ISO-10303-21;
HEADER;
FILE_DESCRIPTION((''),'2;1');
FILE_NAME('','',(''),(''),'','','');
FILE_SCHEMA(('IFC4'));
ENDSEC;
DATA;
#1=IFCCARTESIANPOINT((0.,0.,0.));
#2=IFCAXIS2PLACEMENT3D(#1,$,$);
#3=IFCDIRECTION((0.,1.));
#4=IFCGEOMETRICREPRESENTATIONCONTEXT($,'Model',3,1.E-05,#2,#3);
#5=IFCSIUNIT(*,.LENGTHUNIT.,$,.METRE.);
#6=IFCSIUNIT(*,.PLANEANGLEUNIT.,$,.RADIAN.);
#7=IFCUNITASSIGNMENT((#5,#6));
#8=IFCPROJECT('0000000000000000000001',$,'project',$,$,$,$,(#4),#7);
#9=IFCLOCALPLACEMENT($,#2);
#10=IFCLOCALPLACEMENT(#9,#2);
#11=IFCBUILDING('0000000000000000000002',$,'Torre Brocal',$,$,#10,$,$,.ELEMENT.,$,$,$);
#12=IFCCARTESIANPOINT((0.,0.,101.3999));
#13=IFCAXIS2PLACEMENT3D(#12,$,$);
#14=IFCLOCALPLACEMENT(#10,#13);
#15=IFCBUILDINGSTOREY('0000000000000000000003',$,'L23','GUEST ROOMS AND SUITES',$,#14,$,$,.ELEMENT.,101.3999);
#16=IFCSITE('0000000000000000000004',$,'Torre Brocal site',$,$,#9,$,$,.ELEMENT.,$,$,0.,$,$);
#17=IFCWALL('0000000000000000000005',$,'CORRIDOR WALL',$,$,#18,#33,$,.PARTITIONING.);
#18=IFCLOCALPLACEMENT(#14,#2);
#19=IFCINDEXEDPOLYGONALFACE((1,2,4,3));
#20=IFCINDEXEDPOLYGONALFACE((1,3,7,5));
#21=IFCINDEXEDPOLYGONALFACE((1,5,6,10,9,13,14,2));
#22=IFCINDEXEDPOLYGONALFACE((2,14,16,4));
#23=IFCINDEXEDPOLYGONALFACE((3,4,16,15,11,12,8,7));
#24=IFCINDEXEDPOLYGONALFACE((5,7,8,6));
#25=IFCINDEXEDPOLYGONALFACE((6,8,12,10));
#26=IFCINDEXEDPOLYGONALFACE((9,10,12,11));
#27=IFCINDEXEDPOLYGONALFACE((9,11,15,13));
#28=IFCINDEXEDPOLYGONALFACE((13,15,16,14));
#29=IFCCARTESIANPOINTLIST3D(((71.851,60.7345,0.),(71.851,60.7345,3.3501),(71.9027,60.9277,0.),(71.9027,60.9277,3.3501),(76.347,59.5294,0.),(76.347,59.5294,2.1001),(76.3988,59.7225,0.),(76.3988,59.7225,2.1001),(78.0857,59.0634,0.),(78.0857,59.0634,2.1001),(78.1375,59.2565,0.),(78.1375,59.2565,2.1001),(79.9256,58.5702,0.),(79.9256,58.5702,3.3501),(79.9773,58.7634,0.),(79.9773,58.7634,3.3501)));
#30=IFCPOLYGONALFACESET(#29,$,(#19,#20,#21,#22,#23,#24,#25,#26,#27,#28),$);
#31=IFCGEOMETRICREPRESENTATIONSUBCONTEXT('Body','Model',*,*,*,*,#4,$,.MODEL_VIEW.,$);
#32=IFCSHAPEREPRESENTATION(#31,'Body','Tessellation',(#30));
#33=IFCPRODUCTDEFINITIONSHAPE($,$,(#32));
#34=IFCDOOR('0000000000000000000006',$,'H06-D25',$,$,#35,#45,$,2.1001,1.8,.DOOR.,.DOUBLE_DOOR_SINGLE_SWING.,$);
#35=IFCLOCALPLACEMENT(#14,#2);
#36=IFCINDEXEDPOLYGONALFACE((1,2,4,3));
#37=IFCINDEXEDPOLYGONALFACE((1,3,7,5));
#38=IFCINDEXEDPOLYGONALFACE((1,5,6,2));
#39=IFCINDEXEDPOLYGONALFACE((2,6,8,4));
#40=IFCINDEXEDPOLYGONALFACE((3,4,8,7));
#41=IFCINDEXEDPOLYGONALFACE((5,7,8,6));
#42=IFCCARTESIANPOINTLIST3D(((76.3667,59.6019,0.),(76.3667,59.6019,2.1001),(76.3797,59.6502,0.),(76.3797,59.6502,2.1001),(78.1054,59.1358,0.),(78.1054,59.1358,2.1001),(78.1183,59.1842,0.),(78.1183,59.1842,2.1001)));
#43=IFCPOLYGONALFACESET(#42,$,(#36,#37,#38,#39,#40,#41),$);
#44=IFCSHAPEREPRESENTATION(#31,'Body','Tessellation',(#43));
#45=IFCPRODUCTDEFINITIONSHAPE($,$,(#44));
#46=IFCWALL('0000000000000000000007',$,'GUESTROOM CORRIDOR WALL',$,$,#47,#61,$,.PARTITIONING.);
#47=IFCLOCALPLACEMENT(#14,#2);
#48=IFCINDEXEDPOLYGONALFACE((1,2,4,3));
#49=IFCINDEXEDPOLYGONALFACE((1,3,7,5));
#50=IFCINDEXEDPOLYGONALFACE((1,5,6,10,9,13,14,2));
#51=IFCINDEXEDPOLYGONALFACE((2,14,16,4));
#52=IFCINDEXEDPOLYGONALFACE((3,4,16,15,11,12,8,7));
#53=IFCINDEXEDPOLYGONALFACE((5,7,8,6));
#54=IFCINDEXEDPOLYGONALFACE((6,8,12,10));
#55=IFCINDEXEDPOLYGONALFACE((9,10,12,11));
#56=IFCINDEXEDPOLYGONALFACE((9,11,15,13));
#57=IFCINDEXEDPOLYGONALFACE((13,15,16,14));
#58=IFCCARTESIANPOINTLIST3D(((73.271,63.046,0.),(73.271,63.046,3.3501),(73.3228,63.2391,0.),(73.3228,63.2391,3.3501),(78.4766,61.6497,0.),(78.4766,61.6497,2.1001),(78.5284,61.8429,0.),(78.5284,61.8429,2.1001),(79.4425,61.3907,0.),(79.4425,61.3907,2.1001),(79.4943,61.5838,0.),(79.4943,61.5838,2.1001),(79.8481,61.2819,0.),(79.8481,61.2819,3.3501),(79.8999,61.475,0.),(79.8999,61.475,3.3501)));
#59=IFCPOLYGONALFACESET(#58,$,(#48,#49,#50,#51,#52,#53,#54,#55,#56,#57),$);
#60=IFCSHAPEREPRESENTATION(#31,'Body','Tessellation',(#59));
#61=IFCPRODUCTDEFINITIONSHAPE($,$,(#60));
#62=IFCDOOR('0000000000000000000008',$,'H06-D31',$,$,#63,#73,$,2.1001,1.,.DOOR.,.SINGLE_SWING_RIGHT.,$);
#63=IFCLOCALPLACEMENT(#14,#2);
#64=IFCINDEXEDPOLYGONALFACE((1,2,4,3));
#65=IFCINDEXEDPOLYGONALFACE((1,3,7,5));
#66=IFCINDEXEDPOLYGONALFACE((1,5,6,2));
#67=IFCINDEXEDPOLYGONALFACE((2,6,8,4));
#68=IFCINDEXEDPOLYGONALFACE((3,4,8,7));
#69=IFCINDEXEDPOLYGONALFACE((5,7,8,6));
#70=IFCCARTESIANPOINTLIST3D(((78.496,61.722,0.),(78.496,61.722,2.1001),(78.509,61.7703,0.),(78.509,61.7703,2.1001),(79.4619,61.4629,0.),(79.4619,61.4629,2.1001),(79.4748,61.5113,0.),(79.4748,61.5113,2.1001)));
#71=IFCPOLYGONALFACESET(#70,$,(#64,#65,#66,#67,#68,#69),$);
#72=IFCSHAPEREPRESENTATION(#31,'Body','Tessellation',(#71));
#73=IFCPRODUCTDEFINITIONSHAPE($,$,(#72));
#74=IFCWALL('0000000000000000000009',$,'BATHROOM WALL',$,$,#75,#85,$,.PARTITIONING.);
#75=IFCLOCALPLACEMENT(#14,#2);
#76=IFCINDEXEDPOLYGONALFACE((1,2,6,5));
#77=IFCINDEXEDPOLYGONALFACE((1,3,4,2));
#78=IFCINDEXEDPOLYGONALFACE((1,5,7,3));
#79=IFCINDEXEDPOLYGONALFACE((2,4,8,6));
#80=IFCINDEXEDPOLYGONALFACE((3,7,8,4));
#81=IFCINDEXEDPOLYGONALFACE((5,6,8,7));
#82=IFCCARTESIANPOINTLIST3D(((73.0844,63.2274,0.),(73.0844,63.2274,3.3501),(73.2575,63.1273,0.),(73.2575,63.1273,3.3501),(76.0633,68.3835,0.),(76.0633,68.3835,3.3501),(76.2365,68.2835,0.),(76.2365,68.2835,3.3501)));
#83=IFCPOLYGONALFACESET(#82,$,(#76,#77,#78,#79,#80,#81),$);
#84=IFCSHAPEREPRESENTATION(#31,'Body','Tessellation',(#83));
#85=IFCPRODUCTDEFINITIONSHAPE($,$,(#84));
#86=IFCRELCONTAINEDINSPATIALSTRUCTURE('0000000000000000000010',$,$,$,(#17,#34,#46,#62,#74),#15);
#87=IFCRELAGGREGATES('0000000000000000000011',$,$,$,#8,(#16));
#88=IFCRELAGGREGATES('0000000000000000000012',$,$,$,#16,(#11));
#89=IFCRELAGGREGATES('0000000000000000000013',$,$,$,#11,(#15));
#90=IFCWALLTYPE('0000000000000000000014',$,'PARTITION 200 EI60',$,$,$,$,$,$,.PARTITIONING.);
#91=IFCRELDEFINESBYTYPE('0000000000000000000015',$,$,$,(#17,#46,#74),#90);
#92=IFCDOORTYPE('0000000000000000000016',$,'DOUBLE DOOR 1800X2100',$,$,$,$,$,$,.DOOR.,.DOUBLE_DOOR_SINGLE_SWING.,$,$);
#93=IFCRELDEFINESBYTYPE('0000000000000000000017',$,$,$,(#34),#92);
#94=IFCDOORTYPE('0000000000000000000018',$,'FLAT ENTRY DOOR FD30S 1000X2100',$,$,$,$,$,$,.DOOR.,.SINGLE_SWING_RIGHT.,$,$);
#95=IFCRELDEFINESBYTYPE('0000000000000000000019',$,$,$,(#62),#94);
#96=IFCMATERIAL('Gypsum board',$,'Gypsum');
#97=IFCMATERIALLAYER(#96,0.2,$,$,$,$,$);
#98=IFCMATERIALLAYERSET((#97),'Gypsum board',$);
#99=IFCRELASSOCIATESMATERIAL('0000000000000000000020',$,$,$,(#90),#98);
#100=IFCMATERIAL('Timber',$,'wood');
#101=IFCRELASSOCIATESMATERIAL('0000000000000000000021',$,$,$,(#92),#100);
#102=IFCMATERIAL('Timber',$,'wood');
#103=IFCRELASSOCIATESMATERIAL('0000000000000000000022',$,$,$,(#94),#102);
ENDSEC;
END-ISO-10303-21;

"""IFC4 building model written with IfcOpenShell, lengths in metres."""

from ifc_helpers import new_model, si_unit, direction, frame, frame_2d, origin, place, context, subcontext, project, spatial, rectangle, extrude, material, layer, layer_set, type_object, element, fill, save


model = new_model("IFC4")

# Units and contexts
model_context = context("Model", 3, precision=1e-05, world=origin(), true_north=direction((0.0, 1.0)))
body_context = subcontext(model_context, "Body", "Model", "MODEL_VIEW")
ifc_project = project(units=[si_unit("LENGTHUNIT", "METRE"), si_unit("PLANEANGLEUNIT", "RADIAN")], contexts=[model_context])

# Site, building, storey
site_placement = place(None, origin())
site = spatial("IfcSite", under=ifc_project, at=site_placement, Name="Torre Brocal site", CompositionType="ELEMENT", RefElevation=0.0)
building_placement = place(site_placement, origin())
building = spatial("IfcBuilding", under=site, at=building_placement, Name="Torre Brocal", CompositionType="ELEMENT")
storey_placement = place(building_placement, frame((0.0, 0.0, 101.3999)))
storey = spatial("IfcBuildingStorey", under=building, at=storey_placement, Name="L23", Description="GUEST ROOMS AND SUITES", CompositionType="ELEMENT", Elevation=101.3999)

# Walls, openings, doors
ifc_material_1 = material(Name="Gypsum board", Category="Gypsum")
ifc_layer_1 = layer(ifc_material_1, 0.2)
ifc_layer_set_1 = layer_set([ifc_layer_1], Name="Gypsum board")
wall_type_1 = type_object("IfcWallType", Name="PARTITION 200 EI60", PredefinedType="PARTITIONING", material=ifc_layer_set_1)
wall_1_placement = place(storey_placement, frame((71.877, 60.8311, 0.0), z_axis=(0.0, 0.0, 1.0), x_axis=(0.965905, -0.258897, 0.0)))
wall_1 = element("IfcWall", 1, at=wall_1_placement, inside=storey, type_object=wall_type_1, Name="CORRIDOR WALL", PredefinedType="PARTITIONING", context=body_context, shape_type="SweptSolid", body=[
    extrude(rectangle(XDim=8.3596, YDim=0.2, at=frame_2d((4.1797, 0.0))), origin(), (0.0, 0.0, 1.0), 3.3501),
])
opening_1_placement = place(wall_1_placement, frame((4.6548, 0.0, 0.0)))
opening_1 = element("IfcOpeningElement", 2, at=opening_1_placement, cuts=wall_1, PredefinedType="OPENING", context=body_context, shape_type="SweptSolid", body=[
    extrude(rectangle(XDim=1.8, YDim=2.1001, at=frame_2d((0.8999, 1.05))), frame((0.0, 0.1099, 0.0), z_axis=(0.0, -1.0, 0.0), x_axis=(1.0, 0.0, 0.0)), (0.0, 0.0, 1.0), 0.22),
])
ifc_material_2 = material(Name="Timber", Category="wood")
door_type_1 = type_object("IfcDoorType", Name="DOUBLE DOOR 1800X2100", OperationType="DOUBLE_DOOR_SINGLE_SWING", PredefinedType="DOOR", material=ifc_material_2)
door_1_placement = place(opening_1_placement, frame((1.8, 0.0, 0.0), z_axis=(0.0, 0.0, 1.0), x_axis=(-1.0, 0.0, 0.0)))
door_1 = element("IfcDoor", 3, at=door_1_placement, inside=storey, type_object=door_type_1, Name="H06-D25", OperationType="DOUBLE_DOOR_SINGLE_SWING", OverallHeight=2.1001, OverallWidth=1.8, PredefinedType="DOOR", context=body_context, shape_type="SweptSolid", body=[
    extrude(rectangle(XDim=1.8, YDim=2.1001, at=frame_2d((0.8999, 1.05))), frame((0.0, 0.0249, 0.0), z_axis=(0.0, -1.0, 0.0), x_axis=(1.0, 0.0, 0.0)), (0.0, 0.0, 1.0), 0.05),
])
fill(opening_1, door_1)
wall_2_placement = place(storey_placement, frame((73.2969, 63.1426, 0.0), z_axis=(0.0, 0.0, 1.0), x_axis=(0.965859, -0.259068, 0.0)))
wall_2 = element("IfcWall", 4, at=wall_2_placement, inside=storey, type_object=wall_type_1, Name="GUESTROOM CORRIDOR WALL", PredefinedType="PARTITIONING", context=body_context, shape_type="SweptSolid", body=[
    extrude(rectangle(XDim=6.8096, YDim=0.2, at=frame_2d((3.4048, 0.0))), origin(), (0.0, 0.0, 1.0), 3.3501),
])
opening_2_placement = place(wall_2_placement, frame((5.3896, 0.0, 0.0)))
opening_2 = element("IfcOpeningElement", 5, at=opening_2_placement, cuts=wall_2, PredefinedType="OPENING", context=body_context, shape_type="SweptSolid", body=[
    extrude(rectangle(XDim=1.0, YDim=2.1001, at=frame_2d((0.5, 1.05))), frame((0.0, 0.1099, 0.0), z_axis=(0.0, -1.0, 0.0), x_axis=(1.0, 0.0, 0.0)), (0.0, 0.0, 1.0), 0.22),
])
ifc_material_3 = material(Name="Timber", Category="wood")
door_type_2 = type_object("IfcDoorType", Name="FLAT ENTRY DOOR FD30S 1000X2100", OperationType="SINGLE_SWING_RIGHT", PredefinedType="DOOR", material=ifc_material_3)
door_2_placement = place(opening_2_placement, origin())
door_2 = element("IfcDoor", 6, at=door_2_placement, inside=storey, type_object=door_type_2, Name="H06-D31", OperationType="SINGLE_SWING_RIGHT", OverallHeight=2.1001, OverallWidth=1.0, PredefinedType="DOOR", context=body_context, shape_type="SweptSolid", body=[
    extrude(rectangle(XDim=1.0, YDim=2.1001, at=frame_2d((0.5, 1.05))), frame((0.0, 0.0249, 0.0), z_axis=(0.0, -1.0, 0.0), x_axis=(1.0, 0.0, 0.0)), (0.0, 0.0, 1.0), 0.05),
])
fill(opening_2, door_2)

# Wall
wall_3_placement = place(storey_placement, frame((73.1709, 63.1772, 0.0), z_axis=(0.0, 0.0, 1.0), x_axis=(0.500257, 0.865877, 0.0)))
element("IfcWall", 7, at=wall_3_placement, inside=storey, type_object=wall_type_1, Name="BATHROOM WALL", PredefinedType="PARTITIONING", context=body_context, shape_type="SweptSolid", body=[
    extrude(rectangle(XDim=5.9548, YDim=0.2, at=frame_2d((2.9775, 0.0))), origin(), (0.0, 0.0, 1.0), 3.3501),
])

save(model, "model.ifc")
